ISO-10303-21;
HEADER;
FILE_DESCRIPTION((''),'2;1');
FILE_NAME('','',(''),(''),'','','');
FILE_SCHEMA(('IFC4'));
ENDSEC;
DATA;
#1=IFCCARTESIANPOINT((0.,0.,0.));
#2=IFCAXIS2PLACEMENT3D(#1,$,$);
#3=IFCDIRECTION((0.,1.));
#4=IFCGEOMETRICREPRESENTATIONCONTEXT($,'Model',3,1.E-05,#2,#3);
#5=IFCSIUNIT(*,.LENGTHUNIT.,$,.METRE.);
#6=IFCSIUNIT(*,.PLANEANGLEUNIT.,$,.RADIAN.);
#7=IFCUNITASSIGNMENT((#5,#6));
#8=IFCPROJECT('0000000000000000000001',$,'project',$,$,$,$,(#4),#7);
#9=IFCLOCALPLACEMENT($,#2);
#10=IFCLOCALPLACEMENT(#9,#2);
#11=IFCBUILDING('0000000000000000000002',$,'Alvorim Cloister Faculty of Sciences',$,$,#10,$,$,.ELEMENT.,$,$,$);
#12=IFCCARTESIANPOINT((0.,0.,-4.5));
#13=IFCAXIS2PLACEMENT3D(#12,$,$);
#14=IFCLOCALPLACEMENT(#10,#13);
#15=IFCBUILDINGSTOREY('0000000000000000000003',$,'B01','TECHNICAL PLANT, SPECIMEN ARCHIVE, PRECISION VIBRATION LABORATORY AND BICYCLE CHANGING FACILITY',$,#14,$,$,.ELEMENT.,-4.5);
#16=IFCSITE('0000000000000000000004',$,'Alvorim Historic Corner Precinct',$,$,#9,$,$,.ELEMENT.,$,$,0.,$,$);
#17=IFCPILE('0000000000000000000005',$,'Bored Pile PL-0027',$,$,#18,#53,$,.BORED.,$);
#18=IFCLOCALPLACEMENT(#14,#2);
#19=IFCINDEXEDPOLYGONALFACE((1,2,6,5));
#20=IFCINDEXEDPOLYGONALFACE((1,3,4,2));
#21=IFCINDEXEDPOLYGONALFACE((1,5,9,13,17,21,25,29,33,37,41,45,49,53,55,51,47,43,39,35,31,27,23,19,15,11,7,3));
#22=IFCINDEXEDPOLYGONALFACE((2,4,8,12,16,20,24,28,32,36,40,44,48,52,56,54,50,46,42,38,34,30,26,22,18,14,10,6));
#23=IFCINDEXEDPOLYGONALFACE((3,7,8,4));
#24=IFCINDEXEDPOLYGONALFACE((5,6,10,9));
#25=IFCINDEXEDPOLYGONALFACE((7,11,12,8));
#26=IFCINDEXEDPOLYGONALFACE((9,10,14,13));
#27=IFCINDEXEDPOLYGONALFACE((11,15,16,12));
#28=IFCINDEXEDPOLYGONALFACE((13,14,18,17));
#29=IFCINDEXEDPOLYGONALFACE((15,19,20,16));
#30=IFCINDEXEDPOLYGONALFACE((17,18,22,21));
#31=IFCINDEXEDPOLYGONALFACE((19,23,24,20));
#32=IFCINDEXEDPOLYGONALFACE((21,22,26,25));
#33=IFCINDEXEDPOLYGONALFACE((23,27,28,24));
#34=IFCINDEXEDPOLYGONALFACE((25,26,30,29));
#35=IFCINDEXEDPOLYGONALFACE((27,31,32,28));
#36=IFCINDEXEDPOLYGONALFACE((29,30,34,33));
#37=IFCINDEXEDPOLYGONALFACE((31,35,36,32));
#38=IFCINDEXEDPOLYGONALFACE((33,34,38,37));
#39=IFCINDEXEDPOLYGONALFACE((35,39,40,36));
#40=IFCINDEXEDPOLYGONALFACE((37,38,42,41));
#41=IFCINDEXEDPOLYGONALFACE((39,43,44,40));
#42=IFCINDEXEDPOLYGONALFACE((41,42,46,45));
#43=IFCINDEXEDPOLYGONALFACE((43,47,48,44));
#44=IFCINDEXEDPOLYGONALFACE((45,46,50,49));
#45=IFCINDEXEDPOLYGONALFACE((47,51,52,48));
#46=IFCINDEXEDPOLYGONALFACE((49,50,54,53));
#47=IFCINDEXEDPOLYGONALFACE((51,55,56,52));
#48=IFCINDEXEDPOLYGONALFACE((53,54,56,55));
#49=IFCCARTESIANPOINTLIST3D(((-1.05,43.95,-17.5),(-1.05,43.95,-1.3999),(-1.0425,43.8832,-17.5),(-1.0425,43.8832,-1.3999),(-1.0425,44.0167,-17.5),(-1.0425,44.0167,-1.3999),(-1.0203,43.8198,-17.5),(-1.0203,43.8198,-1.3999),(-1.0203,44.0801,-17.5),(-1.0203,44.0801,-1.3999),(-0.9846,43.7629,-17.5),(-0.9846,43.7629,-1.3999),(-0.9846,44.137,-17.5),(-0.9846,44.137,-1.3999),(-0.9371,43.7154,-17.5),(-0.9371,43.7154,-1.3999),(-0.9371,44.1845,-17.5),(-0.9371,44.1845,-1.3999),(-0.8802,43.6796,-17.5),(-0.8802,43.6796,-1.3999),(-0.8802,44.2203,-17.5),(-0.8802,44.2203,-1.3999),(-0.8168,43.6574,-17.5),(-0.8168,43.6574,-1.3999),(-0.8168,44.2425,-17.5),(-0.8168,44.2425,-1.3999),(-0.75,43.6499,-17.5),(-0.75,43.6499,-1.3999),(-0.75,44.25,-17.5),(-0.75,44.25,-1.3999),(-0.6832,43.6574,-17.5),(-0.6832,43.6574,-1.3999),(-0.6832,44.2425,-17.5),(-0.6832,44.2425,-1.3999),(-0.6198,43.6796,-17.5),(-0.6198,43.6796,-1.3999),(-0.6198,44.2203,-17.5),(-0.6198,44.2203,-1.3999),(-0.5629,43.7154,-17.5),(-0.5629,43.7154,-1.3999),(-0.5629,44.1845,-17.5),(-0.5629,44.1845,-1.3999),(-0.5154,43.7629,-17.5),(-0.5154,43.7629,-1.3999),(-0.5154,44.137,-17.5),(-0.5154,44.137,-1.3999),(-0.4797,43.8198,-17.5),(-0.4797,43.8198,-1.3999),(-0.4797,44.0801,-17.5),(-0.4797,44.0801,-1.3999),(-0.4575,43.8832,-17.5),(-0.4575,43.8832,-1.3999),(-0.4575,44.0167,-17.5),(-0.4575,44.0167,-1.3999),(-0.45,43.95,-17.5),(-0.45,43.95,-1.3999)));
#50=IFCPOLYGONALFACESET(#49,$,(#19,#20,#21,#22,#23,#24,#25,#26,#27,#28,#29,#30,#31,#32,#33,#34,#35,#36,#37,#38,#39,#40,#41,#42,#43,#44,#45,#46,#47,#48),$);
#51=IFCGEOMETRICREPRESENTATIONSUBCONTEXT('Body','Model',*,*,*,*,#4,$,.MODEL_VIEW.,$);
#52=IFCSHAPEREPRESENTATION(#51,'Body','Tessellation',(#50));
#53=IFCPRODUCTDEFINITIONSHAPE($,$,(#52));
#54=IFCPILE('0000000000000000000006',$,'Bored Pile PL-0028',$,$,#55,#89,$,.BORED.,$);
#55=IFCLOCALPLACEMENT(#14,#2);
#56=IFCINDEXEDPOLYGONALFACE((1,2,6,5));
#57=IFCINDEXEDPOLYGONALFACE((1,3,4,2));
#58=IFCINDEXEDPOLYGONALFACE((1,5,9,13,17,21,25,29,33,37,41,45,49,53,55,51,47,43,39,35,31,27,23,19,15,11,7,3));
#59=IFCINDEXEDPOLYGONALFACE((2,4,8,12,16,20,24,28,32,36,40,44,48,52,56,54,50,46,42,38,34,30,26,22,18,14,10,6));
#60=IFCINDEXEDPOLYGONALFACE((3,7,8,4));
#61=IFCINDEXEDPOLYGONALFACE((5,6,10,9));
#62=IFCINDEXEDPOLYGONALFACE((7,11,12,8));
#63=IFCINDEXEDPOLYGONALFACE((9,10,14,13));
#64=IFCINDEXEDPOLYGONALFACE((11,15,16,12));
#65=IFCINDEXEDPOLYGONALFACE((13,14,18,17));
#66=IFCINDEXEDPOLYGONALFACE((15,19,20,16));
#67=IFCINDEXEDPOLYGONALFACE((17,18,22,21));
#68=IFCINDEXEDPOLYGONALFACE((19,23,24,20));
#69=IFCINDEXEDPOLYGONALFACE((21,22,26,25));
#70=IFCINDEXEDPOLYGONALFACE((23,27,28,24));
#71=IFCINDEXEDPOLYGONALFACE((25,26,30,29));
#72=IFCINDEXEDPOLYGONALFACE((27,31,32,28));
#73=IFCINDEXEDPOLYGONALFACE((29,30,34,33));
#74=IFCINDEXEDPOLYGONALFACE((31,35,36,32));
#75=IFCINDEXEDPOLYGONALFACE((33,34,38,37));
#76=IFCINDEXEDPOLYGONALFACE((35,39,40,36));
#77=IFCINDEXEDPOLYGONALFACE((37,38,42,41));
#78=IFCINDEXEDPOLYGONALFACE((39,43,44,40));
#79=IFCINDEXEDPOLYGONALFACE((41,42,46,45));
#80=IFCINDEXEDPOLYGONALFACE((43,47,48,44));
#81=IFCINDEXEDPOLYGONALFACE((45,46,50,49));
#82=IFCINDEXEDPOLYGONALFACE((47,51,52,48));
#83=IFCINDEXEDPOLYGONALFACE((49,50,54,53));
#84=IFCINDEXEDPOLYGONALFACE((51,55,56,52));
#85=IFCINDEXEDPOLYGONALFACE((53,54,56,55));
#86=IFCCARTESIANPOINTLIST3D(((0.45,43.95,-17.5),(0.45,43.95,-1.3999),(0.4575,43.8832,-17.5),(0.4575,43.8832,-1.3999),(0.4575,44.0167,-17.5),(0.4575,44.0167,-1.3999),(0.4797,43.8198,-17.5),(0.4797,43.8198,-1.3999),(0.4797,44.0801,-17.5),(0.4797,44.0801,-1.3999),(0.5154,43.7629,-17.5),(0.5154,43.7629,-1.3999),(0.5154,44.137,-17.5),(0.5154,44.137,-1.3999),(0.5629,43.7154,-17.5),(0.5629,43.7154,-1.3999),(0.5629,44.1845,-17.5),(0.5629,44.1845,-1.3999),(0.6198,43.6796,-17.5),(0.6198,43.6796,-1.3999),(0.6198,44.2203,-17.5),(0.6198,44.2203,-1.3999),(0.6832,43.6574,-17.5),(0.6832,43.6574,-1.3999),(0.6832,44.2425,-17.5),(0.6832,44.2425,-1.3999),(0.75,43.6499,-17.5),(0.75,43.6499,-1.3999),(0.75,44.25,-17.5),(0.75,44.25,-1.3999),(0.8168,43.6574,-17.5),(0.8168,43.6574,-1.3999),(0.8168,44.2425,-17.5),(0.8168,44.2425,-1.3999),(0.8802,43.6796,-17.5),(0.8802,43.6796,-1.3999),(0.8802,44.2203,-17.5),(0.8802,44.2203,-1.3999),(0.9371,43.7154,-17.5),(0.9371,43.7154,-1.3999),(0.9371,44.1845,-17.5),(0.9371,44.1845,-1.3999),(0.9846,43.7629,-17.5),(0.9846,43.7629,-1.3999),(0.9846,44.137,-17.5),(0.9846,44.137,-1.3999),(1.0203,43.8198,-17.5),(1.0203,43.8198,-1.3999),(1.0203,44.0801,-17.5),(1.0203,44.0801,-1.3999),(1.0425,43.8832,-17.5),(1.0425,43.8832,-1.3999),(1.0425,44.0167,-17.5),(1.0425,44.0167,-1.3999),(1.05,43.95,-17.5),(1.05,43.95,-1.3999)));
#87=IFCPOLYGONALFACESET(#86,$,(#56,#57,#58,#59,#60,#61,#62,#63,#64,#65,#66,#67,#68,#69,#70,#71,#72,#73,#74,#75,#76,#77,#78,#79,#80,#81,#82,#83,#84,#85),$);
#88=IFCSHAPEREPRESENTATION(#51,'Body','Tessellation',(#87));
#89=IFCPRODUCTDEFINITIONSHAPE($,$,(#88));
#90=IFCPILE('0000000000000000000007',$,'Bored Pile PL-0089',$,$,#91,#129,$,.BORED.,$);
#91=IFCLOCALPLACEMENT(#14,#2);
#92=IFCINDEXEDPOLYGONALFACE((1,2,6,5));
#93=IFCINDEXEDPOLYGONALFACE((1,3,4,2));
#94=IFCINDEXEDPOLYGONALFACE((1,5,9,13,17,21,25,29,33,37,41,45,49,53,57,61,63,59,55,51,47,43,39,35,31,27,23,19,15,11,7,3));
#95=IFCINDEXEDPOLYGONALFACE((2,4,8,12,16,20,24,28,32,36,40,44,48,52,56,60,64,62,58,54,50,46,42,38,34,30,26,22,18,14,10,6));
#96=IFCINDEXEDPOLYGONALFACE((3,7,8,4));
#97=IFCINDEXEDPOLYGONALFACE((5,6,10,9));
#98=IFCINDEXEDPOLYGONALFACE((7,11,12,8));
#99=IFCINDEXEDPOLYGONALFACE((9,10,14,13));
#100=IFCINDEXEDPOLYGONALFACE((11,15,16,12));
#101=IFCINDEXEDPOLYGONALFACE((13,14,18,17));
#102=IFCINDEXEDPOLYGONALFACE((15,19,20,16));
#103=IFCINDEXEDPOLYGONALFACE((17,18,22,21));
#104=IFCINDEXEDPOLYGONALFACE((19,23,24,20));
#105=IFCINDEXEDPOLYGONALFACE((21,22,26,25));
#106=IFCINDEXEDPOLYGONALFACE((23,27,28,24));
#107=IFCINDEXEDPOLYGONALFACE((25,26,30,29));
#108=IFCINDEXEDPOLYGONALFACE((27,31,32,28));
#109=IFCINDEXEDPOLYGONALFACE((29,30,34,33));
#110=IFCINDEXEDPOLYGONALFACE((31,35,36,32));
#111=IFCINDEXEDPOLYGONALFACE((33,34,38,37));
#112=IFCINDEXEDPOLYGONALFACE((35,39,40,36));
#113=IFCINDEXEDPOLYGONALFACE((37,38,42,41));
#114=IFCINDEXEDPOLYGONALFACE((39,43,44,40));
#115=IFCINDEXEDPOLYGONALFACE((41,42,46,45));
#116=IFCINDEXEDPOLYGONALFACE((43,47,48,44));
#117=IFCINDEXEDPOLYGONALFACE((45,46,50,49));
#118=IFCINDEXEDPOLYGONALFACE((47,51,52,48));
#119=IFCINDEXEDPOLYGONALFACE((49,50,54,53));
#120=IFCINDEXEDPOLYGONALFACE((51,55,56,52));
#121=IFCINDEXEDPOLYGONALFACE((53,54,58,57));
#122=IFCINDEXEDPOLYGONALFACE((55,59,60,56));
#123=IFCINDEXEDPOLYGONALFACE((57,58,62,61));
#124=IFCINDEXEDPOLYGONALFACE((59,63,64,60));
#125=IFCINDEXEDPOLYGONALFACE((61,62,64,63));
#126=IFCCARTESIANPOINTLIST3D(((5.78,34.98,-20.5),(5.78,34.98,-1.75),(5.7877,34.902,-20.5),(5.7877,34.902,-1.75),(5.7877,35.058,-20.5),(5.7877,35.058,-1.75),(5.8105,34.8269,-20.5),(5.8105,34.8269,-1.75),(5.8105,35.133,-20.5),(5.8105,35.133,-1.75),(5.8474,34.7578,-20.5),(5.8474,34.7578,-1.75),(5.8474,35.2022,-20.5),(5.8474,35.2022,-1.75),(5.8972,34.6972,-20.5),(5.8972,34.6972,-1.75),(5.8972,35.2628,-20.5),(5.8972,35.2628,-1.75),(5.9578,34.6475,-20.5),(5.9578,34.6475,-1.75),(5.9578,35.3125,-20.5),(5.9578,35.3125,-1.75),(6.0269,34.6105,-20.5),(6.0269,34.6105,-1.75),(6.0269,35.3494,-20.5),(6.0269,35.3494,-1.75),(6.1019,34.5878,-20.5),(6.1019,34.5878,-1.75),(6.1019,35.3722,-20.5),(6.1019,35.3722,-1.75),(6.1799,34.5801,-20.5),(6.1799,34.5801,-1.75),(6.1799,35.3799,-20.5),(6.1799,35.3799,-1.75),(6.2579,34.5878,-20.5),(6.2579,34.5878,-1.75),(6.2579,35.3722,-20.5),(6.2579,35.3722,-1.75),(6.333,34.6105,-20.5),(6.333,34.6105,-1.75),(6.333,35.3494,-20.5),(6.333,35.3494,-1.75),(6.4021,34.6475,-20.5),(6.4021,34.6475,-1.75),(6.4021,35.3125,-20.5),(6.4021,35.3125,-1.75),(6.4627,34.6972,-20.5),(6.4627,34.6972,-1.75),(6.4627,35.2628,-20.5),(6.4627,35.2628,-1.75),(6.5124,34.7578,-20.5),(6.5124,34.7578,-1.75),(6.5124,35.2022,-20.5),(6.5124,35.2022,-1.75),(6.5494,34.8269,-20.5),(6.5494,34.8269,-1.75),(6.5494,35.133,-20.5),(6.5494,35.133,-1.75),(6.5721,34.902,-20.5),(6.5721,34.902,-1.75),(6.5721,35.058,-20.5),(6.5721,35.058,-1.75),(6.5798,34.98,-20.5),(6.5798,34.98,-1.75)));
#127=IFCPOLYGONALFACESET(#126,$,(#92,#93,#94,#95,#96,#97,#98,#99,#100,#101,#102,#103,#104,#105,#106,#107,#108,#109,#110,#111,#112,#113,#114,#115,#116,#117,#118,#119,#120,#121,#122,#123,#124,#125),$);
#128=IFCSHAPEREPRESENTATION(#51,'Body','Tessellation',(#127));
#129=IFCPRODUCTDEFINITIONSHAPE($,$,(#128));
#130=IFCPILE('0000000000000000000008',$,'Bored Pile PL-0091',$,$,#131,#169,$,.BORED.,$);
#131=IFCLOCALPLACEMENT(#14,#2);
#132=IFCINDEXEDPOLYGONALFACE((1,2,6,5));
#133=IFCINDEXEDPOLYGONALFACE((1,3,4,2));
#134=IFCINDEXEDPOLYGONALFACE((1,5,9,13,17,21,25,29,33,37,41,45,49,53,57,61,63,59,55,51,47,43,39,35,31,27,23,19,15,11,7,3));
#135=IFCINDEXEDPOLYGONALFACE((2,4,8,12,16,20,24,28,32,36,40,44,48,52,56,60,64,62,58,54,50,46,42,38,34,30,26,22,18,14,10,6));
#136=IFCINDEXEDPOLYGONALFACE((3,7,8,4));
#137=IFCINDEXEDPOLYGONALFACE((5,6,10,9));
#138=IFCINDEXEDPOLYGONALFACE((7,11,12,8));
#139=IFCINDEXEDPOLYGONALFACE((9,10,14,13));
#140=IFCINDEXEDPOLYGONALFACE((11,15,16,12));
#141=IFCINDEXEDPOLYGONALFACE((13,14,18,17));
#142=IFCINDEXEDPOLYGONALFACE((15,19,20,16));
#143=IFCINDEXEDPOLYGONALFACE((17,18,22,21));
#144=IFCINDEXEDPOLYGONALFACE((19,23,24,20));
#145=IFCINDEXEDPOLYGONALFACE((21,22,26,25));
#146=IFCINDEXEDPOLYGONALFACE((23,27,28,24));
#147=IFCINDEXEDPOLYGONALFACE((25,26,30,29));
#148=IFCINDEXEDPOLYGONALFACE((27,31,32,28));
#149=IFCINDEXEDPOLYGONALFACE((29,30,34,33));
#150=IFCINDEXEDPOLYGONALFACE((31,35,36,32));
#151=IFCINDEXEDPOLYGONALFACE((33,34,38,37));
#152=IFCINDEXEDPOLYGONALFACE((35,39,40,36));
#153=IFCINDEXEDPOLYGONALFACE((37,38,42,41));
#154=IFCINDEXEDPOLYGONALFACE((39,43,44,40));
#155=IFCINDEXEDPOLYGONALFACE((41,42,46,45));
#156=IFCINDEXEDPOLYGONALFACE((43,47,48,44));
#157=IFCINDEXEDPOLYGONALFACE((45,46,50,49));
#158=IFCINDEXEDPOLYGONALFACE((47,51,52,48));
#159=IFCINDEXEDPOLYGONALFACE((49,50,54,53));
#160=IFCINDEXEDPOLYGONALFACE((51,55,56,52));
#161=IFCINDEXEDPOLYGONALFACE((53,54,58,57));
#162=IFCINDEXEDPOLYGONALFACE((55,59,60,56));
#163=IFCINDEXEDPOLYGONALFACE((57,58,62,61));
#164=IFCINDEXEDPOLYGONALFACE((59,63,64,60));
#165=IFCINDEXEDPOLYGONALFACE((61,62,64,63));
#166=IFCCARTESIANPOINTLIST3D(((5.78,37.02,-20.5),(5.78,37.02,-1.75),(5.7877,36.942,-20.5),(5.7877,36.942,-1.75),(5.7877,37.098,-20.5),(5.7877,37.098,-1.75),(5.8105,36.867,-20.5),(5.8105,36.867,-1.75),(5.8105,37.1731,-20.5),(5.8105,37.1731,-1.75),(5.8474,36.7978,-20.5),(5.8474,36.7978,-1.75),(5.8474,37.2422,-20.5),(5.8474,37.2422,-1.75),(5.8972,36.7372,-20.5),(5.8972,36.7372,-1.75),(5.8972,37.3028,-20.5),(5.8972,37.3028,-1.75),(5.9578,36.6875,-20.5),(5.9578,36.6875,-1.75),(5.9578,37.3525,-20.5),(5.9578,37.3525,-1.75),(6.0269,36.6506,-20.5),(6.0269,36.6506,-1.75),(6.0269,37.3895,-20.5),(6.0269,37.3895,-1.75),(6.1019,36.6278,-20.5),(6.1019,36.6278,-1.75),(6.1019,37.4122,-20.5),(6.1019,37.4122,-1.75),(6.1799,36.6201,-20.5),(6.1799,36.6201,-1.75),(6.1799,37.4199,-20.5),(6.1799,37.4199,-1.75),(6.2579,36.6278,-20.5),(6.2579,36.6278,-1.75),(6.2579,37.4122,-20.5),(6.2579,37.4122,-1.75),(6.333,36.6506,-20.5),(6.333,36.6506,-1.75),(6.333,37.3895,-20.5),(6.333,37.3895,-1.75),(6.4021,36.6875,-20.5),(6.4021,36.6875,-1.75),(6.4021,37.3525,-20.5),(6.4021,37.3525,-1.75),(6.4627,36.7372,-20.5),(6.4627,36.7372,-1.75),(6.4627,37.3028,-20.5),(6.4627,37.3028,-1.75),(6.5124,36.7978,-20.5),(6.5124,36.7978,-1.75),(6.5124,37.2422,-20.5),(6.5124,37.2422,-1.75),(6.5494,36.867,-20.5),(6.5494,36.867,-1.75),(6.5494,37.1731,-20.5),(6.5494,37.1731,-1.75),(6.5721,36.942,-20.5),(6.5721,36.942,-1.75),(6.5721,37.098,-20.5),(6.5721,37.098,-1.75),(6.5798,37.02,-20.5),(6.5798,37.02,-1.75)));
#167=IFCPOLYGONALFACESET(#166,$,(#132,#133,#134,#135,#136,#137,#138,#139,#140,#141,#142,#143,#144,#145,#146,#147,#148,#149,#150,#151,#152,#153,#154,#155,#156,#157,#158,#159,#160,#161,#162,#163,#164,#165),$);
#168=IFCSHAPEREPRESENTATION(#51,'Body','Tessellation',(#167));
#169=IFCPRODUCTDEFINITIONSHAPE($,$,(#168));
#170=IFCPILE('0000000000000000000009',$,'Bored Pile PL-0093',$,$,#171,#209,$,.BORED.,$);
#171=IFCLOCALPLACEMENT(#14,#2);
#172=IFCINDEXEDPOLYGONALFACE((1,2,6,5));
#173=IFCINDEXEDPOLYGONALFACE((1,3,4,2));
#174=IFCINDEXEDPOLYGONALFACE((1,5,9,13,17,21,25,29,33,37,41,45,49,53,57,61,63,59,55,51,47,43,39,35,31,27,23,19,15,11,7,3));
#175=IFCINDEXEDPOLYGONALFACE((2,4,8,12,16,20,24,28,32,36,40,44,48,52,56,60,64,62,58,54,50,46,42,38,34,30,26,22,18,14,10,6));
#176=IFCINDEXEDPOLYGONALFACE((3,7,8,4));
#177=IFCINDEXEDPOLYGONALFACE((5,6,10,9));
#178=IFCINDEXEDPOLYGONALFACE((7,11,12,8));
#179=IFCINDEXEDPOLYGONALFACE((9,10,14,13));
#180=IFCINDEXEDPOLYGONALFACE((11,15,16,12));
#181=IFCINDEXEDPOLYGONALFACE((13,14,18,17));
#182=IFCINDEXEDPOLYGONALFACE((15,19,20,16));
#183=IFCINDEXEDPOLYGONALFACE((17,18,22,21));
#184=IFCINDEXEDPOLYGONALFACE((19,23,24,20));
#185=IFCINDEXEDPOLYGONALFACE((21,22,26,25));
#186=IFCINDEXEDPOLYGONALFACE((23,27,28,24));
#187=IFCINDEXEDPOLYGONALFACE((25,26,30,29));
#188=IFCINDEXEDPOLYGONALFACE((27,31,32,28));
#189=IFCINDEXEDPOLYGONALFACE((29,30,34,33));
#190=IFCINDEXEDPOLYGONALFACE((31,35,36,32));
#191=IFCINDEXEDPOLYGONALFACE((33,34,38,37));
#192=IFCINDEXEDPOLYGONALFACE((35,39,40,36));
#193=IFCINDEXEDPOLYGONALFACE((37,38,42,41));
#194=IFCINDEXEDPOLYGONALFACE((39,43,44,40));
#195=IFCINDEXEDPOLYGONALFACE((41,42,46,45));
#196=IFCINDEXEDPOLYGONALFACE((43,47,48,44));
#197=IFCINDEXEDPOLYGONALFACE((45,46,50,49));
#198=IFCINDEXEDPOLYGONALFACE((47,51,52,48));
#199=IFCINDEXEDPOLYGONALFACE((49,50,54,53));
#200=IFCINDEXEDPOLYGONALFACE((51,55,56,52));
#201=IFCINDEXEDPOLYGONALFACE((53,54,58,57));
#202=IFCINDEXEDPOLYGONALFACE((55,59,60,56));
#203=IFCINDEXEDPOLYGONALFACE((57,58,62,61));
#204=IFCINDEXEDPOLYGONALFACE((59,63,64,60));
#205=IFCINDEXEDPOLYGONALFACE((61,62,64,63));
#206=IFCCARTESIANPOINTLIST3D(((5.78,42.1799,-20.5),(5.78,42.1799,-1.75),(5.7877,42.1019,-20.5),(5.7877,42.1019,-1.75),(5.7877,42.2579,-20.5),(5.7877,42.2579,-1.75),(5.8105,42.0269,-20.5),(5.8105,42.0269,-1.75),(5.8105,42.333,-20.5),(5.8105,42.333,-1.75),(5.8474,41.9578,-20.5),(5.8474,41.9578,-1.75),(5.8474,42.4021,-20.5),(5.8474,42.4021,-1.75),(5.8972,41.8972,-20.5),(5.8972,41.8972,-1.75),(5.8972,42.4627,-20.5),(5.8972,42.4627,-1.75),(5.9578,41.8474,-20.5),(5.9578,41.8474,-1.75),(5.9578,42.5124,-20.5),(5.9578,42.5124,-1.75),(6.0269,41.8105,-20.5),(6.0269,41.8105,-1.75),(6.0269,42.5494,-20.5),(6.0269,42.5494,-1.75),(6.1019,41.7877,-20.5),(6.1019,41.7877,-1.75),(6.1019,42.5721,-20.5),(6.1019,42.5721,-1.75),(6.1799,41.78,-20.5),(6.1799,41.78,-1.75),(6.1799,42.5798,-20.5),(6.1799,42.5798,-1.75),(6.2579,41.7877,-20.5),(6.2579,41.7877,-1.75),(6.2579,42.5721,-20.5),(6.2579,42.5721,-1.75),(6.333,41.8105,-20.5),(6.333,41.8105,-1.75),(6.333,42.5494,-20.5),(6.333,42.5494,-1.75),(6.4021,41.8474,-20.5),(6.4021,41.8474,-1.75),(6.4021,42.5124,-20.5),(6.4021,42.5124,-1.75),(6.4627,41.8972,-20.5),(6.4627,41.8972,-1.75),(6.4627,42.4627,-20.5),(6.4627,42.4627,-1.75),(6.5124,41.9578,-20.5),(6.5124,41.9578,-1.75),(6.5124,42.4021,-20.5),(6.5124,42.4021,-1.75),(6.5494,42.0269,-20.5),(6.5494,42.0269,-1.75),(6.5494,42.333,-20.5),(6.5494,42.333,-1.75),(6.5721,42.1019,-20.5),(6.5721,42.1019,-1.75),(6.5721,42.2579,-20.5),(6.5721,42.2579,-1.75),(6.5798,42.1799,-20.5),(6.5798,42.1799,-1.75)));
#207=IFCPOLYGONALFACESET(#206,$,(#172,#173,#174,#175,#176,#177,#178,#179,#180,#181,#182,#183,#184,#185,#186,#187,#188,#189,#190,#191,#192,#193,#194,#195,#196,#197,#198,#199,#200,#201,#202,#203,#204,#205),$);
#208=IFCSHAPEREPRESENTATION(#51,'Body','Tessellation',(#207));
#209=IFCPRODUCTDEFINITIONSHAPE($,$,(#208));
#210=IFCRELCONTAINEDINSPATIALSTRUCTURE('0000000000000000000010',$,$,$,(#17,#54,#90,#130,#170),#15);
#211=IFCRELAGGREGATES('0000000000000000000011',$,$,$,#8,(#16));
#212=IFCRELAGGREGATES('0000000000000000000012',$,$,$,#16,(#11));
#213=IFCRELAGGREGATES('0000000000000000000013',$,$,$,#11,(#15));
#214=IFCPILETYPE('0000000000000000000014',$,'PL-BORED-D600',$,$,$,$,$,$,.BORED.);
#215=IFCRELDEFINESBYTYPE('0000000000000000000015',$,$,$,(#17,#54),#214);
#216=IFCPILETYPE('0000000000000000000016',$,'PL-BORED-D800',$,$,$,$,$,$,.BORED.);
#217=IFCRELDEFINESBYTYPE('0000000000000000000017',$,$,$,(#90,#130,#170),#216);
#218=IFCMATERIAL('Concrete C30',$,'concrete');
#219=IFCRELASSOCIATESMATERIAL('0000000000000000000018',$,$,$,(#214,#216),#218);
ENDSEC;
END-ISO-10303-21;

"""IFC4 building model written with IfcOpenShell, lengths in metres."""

from ifc_helpers import new_model, si_unit, direction, frame, origin, origin_2d, place, context, subcontext, project, spatial, circle, extrude, material, material_profile, profile_set, type_object, element, save


model = new_model("IFC4")

# Units and contexts
model_context = context("Model", 3, precision=1e-05, world=origin(), true_north=direction((0.0, 1.0)))
body_context = subcontext(model_context, "Body", "Model", "MODEL_VIEW")
ifc_project = project(units=[si_unit("LENGTHUNIT", "METRE"), si_unit("PLANEANGLEUNIT", "RADIAN")], contexts=[model_context])

# Site, building, storey
site_placement = place(None, origin())
site = spatial("IfcSite", under=ifc_project, at=site_placement, Name="Alvorim Historic Corner Precinct", CompositionType="ELEMENT", RefElevation=0.0)
building_placement = place(site_placement, origin())
building = spatial("IfcBuilding", under=site, at=building_placement, Name="Alvorim Cloister Faculty of Sciences", CompositionType="ELEMENT")
storey_placement = place(building_placement, frame((0.0, 0.0, -4.5)))
storey = spatial("IfcBuildingStorey", under=building, at=storey_placement, Name="B01", Description="TECHNICAL PLANT, SPECIMEN ARCHIVE, PRECISION VIBRATION LABORATORY AND BICYCLE CHANGING FACILITY", CompositionType="ELEMENT", Elevation=-4.5)

# Piles
ifc_material_1 = material(Name="Concrete C30", Category="concrete")
ifc_material_profile_1 = material_profile(ifc_material_1, circle(Radius=0.3, at=origin_2d()), Name="PILE-D600")
ifc_profile_set_1 = profile_set([ifc_material_profile_1], Name="Concrete C30")
pile_type_1 = type_object("IfcPileType", Name="PL-BORED-D600", PredefinedType="BORED", material=ifc_profile_set_1)
for number, where, z_axis, x_axis, name in (
    (1, (-0.75, 43.95, -1.3999), (0.0, 0.0, -1.0), (1.0, 0.0, 0.0), "Bored Pile PL-0027"),
    (2, (0.75, 43.95, -1.3999), (0.0, 0.0, -1.0), (1.0, 0.0, 0.0), "Bored Pile PL-0028"),
):
    element("IfcPile", number, at=place(storey_placement, frame(where, z_axis=z_axis, x_axis=x_axis)), inside=storey, type_object=pile_type_1, Name=name, PredefinedType="BORED", context=body_context, shape_type="SweptSolid", body=[
        extrude(circle(Radius=0.3, at=origin_2d()), origin(), (0.0, 0.0, 1.0), 16.1001),
    ])
ifc_material_profile_2 = material_profile(ifc_material_1, circle(Radius=0.3999, at=origin_2d()), Name="PILE-D800")
ifc_profile_set_2 = profile_set([ifc_material_profile_2], Name="Concrete C30")
pile_type_2 = type_object("IfcPileType", Name="PL-BORED-D800", PredefinedType="BORED", material=ifc_profile_set_2)
for number, where, z_axis, x_axis, name in (
    (3, (6.1799, 34.98, -1.75), (0.0, 0.0, -1.0), (1.0, 0.0, 0.0), "Bored Pile PL-0089"),
    (4, (6.1799, 37.02, -1.75), (0.0, 0.0, -1.0), (1.0, 0.0, 0.0), "Bored Pile PL-0091"),
    (5, (6.1799, 42.1799, -1.75), (0.0, 0.0, -1.0), (1.0, 0.0, 0.0), "Bored Pile PL-0093"),
):
    element("IfcPile", number, at=place(storey_placement, frame(where, z_axis=z_axis, x_axis=x_axis)), inside=storey, type_object=pile_type_2, Name=name, PredefinedType="BORED", context=body_context, shape_type="SweptSolid", body=[
        extrude(circle(Radius=0.3999, at=origin_2d()), origin(), (0.0, 0.0, 1.0), 18.75),
    ])

save(model, "model.ifc")
